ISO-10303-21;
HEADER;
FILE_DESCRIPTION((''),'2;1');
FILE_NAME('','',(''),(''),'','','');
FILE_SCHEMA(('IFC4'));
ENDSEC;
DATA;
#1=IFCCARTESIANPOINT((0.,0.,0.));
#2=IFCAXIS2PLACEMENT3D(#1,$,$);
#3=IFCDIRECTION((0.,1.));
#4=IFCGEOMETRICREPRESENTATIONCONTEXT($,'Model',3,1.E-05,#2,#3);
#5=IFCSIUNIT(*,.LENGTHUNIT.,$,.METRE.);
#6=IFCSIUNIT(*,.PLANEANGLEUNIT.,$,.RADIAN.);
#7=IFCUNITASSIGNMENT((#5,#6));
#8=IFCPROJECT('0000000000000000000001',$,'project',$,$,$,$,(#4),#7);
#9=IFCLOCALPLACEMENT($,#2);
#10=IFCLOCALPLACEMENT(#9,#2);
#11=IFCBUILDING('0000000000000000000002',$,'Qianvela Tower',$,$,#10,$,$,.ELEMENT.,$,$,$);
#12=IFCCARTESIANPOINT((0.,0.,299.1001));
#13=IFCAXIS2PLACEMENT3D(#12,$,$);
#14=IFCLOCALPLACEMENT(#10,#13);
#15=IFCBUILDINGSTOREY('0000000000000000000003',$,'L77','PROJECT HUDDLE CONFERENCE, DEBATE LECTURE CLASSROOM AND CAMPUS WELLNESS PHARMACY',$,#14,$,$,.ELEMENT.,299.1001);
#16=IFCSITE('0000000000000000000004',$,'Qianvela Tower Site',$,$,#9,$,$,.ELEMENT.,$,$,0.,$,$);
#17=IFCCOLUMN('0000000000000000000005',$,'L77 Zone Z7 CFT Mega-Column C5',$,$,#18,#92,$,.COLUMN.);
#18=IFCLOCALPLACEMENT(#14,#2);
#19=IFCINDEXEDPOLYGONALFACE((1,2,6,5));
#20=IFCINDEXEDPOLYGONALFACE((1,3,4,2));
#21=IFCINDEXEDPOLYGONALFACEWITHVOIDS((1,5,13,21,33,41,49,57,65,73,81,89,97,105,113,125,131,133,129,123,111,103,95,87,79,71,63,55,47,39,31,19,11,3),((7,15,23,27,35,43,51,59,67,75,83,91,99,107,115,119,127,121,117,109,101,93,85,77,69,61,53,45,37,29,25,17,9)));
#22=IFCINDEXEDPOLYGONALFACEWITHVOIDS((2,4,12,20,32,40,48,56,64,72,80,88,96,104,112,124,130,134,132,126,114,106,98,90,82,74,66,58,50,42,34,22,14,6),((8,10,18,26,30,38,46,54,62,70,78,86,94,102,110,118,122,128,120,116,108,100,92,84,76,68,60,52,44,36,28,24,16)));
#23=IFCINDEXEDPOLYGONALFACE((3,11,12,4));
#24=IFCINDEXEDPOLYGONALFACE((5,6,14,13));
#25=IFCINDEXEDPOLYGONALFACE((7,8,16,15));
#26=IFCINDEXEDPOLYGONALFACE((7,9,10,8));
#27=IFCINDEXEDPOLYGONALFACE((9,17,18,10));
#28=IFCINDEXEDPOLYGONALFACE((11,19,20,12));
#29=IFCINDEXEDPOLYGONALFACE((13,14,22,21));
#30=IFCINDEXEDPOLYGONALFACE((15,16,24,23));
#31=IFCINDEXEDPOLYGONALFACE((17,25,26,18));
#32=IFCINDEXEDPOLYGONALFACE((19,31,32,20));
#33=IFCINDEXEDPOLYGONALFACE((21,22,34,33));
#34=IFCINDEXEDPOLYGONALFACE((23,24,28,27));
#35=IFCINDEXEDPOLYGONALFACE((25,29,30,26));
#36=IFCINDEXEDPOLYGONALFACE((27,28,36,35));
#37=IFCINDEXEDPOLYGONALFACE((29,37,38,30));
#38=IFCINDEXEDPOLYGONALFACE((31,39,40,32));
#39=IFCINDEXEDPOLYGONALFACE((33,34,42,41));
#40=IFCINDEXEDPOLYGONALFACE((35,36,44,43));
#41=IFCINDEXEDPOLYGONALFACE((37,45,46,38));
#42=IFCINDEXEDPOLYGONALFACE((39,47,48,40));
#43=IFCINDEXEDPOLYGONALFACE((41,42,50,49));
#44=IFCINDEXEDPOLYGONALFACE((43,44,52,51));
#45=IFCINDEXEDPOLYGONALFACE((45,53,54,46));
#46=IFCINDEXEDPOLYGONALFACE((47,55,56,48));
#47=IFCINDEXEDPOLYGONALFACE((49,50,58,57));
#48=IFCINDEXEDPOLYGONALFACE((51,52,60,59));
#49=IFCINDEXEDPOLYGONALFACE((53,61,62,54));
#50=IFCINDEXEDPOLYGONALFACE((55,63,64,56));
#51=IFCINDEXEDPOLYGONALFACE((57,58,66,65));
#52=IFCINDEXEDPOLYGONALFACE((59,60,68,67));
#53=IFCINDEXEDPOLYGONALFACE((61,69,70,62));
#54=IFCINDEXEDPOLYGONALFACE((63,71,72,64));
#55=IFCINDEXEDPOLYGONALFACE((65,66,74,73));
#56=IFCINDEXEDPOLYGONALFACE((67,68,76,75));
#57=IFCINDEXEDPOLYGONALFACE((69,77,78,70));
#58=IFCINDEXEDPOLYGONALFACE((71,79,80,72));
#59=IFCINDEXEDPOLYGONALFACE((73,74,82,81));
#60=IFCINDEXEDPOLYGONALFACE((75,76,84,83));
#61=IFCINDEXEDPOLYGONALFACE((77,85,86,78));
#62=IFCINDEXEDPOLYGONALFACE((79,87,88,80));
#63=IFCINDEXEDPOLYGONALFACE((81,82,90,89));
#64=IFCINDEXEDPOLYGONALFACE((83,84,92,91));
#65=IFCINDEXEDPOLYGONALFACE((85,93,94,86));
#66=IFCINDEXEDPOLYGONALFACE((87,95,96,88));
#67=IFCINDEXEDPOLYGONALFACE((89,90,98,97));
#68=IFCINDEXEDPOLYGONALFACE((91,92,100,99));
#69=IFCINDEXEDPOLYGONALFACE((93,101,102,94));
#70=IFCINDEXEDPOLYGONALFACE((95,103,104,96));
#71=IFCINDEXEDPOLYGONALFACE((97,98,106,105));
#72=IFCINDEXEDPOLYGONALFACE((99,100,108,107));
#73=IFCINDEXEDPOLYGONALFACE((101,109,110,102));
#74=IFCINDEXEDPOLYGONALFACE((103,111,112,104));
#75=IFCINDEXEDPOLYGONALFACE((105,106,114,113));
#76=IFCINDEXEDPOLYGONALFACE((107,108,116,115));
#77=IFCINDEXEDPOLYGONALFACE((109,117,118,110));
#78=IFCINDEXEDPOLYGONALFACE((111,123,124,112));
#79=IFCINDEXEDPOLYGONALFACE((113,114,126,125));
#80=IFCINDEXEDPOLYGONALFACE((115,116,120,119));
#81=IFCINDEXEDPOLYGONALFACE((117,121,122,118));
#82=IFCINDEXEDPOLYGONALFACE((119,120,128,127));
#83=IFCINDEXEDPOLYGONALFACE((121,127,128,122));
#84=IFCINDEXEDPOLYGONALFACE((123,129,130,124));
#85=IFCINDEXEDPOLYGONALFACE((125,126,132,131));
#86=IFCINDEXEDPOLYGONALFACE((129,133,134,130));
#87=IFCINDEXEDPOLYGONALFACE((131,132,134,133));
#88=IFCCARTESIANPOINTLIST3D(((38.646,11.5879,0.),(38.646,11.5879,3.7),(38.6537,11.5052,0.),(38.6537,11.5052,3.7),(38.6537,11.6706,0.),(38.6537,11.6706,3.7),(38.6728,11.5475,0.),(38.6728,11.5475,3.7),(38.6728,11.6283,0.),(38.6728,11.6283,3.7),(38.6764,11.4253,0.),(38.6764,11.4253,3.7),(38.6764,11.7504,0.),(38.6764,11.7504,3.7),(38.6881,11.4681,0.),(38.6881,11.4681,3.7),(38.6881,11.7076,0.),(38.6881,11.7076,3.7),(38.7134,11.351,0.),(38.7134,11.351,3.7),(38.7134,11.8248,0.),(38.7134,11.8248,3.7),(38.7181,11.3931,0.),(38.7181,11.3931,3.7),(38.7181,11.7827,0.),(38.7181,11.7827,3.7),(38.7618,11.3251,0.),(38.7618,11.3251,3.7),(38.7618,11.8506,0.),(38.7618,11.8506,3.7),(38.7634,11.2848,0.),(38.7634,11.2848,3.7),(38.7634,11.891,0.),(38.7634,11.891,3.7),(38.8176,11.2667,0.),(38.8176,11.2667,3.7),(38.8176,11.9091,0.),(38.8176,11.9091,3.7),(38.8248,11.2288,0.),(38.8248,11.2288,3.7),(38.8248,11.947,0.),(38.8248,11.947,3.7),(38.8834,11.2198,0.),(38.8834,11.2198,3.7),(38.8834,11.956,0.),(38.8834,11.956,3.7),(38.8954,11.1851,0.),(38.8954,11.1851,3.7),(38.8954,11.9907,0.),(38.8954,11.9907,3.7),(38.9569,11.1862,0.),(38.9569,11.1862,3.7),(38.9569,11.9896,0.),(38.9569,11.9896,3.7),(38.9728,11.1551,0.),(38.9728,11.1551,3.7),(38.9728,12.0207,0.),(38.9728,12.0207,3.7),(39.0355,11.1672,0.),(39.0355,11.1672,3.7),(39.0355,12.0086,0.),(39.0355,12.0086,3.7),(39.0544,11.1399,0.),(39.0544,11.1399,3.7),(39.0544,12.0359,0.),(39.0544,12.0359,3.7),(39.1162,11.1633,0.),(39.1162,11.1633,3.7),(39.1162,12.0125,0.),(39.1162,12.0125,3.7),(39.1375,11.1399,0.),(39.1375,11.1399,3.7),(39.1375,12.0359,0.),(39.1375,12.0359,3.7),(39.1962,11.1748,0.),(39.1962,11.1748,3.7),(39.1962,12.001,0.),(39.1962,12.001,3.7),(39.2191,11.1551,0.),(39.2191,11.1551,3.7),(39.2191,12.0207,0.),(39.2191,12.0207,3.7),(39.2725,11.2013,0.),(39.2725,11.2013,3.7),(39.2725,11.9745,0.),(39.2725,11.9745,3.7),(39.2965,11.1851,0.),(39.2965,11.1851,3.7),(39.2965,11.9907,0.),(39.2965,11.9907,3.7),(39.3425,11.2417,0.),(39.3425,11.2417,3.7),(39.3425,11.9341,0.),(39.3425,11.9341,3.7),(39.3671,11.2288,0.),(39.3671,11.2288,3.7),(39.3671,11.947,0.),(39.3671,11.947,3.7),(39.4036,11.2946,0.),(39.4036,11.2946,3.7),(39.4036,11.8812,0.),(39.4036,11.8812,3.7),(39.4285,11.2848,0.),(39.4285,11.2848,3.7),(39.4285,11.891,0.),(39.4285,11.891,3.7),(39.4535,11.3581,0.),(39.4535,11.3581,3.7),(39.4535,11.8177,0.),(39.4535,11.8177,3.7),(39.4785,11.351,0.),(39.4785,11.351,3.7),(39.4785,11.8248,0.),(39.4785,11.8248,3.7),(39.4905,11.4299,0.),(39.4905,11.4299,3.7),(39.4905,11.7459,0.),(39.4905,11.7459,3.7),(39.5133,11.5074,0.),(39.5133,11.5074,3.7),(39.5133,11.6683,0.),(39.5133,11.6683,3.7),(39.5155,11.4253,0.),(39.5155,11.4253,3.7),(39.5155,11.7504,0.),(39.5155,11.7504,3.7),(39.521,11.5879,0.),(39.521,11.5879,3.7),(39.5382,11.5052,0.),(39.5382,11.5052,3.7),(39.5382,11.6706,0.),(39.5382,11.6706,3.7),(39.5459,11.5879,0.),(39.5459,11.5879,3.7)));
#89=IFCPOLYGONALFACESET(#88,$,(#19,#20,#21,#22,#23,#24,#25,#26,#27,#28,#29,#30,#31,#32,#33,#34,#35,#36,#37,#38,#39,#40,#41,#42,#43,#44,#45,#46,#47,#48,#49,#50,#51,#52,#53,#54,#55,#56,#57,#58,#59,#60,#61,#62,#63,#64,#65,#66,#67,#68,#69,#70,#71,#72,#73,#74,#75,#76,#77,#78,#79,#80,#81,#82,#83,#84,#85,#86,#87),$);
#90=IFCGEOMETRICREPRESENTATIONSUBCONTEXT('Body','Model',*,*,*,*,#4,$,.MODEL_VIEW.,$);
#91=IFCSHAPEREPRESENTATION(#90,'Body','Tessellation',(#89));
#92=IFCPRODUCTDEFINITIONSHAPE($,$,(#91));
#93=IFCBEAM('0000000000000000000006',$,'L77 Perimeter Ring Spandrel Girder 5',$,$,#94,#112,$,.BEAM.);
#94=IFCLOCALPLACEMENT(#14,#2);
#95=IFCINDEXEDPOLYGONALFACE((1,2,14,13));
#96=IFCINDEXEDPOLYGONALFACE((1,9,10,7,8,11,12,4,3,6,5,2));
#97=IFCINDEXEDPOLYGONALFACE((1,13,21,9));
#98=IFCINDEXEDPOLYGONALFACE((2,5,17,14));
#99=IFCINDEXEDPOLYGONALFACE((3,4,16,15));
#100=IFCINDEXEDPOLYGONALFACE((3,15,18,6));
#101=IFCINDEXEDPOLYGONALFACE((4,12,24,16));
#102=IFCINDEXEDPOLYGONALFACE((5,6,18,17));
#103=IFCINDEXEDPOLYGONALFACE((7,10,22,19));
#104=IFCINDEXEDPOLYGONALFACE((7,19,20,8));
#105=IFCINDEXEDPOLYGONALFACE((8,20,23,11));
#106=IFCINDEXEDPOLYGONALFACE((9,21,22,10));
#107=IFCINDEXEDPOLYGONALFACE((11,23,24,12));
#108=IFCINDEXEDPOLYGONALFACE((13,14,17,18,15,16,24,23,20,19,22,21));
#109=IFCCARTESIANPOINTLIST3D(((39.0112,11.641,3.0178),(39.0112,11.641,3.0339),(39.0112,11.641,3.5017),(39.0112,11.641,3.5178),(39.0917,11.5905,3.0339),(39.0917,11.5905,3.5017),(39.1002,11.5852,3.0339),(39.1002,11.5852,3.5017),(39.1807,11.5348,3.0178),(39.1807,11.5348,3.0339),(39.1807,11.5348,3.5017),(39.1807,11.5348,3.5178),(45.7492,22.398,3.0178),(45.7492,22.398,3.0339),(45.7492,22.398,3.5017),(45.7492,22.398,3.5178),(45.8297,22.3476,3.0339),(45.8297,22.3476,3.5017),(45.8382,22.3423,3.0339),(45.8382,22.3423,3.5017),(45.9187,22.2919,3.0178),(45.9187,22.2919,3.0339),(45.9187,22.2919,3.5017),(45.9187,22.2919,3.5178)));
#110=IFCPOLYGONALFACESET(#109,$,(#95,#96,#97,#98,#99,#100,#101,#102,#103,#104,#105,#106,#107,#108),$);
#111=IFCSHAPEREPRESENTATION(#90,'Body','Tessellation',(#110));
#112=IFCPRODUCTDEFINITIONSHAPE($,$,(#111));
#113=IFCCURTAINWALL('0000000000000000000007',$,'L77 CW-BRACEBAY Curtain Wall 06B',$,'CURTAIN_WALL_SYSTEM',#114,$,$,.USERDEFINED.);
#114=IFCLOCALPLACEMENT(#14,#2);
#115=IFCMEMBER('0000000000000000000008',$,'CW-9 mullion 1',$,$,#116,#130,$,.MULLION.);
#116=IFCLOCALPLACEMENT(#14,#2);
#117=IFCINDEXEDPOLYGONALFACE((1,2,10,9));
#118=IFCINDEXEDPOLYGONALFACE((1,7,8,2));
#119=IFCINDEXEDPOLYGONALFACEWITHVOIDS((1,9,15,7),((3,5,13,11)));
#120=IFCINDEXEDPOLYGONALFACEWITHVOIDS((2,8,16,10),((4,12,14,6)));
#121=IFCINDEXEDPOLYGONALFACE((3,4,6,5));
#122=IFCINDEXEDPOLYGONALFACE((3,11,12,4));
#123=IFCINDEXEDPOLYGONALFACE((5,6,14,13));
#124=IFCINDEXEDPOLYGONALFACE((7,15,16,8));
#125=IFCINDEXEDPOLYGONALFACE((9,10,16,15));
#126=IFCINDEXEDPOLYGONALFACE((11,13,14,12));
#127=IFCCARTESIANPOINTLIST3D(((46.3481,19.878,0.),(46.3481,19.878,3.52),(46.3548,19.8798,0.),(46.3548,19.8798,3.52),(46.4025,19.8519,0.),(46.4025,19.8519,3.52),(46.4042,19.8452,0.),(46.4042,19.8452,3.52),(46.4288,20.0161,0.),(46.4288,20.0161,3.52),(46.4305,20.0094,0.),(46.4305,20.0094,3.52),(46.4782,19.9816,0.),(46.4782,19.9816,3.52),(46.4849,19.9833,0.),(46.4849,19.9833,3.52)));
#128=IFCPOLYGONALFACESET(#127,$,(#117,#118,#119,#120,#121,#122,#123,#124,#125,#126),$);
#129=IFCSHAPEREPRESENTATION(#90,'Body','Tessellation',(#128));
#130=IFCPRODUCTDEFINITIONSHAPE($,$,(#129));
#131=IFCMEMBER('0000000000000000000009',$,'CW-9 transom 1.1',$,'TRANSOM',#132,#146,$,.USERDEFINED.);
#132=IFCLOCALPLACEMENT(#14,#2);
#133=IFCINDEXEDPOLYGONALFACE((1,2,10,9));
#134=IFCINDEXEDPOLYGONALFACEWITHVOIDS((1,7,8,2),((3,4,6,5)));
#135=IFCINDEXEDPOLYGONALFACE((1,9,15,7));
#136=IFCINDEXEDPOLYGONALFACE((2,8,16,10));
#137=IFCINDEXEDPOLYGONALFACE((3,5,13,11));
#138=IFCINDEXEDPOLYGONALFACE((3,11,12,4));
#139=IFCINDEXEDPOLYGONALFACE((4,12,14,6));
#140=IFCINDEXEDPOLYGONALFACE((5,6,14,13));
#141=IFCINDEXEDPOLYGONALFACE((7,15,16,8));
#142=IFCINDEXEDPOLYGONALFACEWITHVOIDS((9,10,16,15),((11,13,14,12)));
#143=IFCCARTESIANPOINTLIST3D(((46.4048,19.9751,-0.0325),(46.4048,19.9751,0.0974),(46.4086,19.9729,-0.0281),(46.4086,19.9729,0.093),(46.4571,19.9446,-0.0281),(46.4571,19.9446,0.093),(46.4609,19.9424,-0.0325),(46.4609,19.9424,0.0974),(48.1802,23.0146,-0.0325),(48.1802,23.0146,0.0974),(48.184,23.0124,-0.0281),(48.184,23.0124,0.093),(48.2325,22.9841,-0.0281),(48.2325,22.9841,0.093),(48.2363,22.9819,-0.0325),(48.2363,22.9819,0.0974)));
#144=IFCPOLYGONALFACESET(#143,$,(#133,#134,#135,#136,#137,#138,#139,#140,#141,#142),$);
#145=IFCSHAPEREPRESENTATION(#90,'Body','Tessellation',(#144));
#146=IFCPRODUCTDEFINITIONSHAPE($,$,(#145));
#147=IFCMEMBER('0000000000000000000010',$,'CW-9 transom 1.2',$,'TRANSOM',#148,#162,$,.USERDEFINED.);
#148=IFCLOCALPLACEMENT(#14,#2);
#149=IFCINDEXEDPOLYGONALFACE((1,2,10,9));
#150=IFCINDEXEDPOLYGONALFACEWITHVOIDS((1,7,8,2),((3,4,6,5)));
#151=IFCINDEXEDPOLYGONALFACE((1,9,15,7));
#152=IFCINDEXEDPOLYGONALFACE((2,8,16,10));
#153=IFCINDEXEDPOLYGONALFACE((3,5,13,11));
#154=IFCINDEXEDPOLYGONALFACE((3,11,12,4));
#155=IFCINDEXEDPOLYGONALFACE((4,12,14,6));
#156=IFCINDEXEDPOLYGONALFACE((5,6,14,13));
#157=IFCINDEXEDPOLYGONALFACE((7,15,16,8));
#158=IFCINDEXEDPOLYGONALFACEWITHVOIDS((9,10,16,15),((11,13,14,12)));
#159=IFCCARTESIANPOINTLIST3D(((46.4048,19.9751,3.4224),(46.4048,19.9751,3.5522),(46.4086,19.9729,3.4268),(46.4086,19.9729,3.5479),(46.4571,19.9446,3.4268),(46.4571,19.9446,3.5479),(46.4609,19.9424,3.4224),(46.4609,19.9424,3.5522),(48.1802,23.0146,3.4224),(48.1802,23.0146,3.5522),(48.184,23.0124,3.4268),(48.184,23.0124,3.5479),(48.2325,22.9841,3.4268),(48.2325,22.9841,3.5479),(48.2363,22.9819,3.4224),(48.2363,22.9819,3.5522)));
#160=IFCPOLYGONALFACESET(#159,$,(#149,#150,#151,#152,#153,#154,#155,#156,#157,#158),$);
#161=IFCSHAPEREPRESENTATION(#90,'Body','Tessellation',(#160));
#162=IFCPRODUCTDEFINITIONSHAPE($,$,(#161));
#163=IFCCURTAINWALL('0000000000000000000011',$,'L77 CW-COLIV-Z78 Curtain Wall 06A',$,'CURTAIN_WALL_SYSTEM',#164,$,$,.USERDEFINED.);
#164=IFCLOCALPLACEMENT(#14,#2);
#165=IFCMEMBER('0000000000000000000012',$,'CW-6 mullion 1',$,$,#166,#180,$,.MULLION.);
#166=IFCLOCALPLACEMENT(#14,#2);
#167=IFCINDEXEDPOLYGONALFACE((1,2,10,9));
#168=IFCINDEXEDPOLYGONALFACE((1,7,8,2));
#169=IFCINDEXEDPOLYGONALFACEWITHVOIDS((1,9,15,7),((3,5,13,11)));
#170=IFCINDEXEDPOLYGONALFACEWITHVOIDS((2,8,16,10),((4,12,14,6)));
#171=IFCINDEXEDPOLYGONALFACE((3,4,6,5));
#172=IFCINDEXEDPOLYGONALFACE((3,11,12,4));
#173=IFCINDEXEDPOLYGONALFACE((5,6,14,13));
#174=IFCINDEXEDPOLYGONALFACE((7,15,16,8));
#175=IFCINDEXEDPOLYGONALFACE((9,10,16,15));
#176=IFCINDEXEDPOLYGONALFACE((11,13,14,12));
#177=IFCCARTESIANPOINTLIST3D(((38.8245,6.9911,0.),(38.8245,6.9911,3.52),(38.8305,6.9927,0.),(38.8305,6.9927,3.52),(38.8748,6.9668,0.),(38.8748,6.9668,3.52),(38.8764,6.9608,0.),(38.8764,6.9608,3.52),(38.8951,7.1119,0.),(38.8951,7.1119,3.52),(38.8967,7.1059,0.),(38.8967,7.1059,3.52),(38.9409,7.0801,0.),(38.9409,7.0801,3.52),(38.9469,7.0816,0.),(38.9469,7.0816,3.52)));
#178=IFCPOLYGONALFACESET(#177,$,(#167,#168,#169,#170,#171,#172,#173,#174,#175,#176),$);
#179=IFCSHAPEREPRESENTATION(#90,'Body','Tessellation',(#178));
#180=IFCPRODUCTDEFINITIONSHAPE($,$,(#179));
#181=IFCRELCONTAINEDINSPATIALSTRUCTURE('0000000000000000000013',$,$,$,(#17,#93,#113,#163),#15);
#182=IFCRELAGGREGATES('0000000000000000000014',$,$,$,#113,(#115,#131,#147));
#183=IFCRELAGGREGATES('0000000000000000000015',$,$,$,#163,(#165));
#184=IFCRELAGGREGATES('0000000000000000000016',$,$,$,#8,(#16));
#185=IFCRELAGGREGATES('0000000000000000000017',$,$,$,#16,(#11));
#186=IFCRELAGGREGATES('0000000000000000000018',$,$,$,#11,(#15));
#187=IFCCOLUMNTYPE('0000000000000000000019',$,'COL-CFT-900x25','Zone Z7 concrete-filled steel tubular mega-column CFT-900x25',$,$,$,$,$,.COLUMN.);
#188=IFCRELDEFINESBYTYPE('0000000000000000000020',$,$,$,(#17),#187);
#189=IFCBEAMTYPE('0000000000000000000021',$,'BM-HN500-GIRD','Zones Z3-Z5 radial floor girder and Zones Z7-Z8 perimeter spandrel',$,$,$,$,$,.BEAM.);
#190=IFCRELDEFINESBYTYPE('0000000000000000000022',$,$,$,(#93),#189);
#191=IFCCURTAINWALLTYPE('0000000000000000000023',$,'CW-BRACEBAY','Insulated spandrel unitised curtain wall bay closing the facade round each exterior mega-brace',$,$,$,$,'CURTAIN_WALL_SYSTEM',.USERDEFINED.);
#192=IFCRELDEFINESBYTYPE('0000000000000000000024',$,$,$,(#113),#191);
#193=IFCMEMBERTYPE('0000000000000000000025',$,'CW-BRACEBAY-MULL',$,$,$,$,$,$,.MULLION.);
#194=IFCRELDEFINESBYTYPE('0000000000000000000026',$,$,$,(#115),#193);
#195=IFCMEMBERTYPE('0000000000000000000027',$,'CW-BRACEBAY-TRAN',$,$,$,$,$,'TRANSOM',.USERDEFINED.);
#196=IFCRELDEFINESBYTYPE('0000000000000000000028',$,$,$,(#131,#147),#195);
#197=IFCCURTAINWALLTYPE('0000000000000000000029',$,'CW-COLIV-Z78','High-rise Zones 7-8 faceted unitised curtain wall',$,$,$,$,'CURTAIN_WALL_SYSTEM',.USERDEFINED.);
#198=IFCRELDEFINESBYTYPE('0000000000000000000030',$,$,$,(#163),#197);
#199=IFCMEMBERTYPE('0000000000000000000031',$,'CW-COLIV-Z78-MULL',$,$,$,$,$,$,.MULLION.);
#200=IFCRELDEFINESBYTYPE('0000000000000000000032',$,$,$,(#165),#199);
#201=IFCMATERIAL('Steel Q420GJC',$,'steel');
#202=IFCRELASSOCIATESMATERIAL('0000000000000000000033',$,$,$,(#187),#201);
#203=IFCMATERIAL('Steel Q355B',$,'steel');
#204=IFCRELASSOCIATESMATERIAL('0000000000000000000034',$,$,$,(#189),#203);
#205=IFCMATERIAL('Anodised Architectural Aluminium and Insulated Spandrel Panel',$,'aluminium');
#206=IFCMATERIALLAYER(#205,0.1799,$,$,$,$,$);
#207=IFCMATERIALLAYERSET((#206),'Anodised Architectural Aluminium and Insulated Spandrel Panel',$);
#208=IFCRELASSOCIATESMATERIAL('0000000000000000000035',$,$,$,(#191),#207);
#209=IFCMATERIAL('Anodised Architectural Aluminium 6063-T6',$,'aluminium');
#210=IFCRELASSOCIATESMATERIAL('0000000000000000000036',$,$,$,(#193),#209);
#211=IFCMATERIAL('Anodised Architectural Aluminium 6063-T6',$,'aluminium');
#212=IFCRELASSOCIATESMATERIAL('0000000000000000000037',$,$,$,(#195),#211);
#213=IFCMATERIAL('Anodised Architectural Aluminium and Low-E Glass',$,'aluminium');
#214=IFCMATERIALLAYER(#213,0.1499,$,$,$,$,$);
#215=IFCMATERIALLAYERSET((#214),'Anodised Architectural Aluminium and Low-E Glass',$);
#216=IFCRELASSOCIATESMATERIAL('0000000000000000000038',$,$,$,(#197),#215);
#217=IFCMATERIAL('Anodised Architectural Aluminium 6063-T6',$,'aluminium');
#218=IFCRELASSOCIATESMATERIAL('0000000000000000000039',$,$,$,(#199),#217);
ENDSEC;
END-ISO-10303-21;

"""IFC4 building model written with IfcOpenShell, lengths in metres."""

from ifc_helpers import new_model, si_unit, direction, frame, origin, origin_2d, place, context, subcontext, project, spatial, hollow_rectangle, hollow_circle, i_section, extrude, material, layer, layer_set, material_profile, profile_set, type_object, element, aggregate, save


model = new_model("IFC4")

# Units and contexts
model_context = context("Model", 3, precision=1e-05, world=origin(), true_north=direction((0.0, 1.0)))
body_context = subcontext(model_context, "Body", "Model", "MODEL_VIEW")
ifc_project = project(units=[si_unit("LENGTHUNIT", "METRE"), si_unit("PLANEANGLEUNIT", "RADIAN")], contexts=[model_context])

# Site, building, storey
site_placement = place(None, origin())
site = spatial("IfcSite", under=ifc_project, at=site_placement, Name="Qianvela Tower Site", CompositionType="ELEMENT", RefElevation=0.0)
building_placement = place(site_placement, origin())
building = spatial("IfcBuilding", under=site, at=building_placement, Name="Qianvela Tower", CompositionType="ELEMENT")
storey_placement = place(building_placement, frame((0.0, 0.0, 299.1001)))
storey = spatial("IfcBuildingStorey", under=building, at=storey_placement, Name="L77", Description="PROJECT HUDDLE CONFERENCE, DEBATE LECTURE CLASSROOM AND CAMPUS WELLNESS PHARMACY", CompositionType="ELEMENT", Elevation=299.1001)

# Column
ifc_material_1 = material(Name="Steel Q420GJC", Category="steel")
ifc_material_profile_1 = material_profile(ifc_material_1, hollow_circle(Radius=0.45, WallThickness=0.0249, at=origin_2d()), Name="CFT-900x25")
ifc_profile_set_1 = profile_set([ifc_material_profile_1], Name="Steel Q420GJC")
column_type = type_object("IfcColumnType", Name="COL-CFT-900x25", Description="Zone Z7 concrete-filled steel tubular mega-column CFT-900x25", PredefinedType="COLUMN", material=ifc_profile_set_1)
column_placement = place(storey_placement, frame((39.0959, 11.5879, 0.0), z_axis=(0.0, 0.0, 1.0), x_axis=(1.0, 0.0, 0.0)))
element("IfcColumn", 1, at=column_placement, inside=storey, type_object=column_type, Name="L77 Zone Z7 CFT Mega-Column C5", PredefinedType="COLUMN", context=body_context, shape_type="SweptSolid", body=[
    extrude(hollow_circle(Radius=0.45, WallThickness=0.0249, at=origin_2d()), origin(), (0.0, 0.0, 1.0), 3.7),
])

# Beam
ifc_material_2 = material(Name="Steel Q355B", Category="steel")
ifc_material_profile_2 = material_profile(ifc_material_2, i_section(OverallWidth=0.2, OverallDepth=0.5, WebThickness=0.01, FlangeThickness=0.0161, at=origin_2d()), Name="HN500x200x10x16")
ifc_profile_set_2 = profile_set([ifc_material_profile_2], Name="Steel Q355B")
beam_type = type_object("IfcBeamType", Name="BM-HN500-GIRD", Description="Zones Z3-Z5 radial floor girder and Zones Z7-Z8 perimeter spandrel", PredefinedType="BEAM", material=ifc_profile_set_2)
beam_placement = place(storey_placement, frame((39.0959, 11.5879, 3.2678), z_axis=(0.530841, 0.847472, 0.0), x_axis=(-0.847472, 0.530841, 0.0)))
element("IfcBeam", 2, at=beam_placement, inside=storey, type_object=beam_type, Name="L77 Perimeter Ring Spandrel Girder 5", PredefinedType="BEAM", context=body_context, shape_type="SweptSolid", body=[
    extrude(i_section(OverallWidth=0.2, OverallDepth=0.5, WebThickness=0.01, FlangeThickness=0.0161, at=origin_2d()), origin(), (0.0, 0.0, 1.0), 12.6931),
])

# Curtain walls, members
ifc_material_3 = material(Name="Anodised Architectural Aluminium and Insulated Spandrel Panel", Category="aluminium")
ifc_layer_1 = layer(ifc_material_3, 0.1799)
ifc_layer_set_1 = layer_set([ifc_layer_1], Name="Anodised Architectural Aluminium and Insulated Spandrel Panel")
curtain_wall_type_1 = type_object("IfcCurtainWallType", Name="CW-BRACEBAY", Description="Insulated spandrel unitised curtain wall bay closing the facade round each exterior mega-brace", ElementType="CURTAIN_WALL_SYSTEM", PredefinedType="USERDEFINED", material=ifc_layer_set_1)
curtain_wall_1_placement = place(storey_placement, origin())
curtain_wall_1 = element("IfcCurtainWall", 3, at=curtain_wall_1_placement, inside=storey, type_object=curtain_wall_type_1, Name="L77 CW-BRACEBAY Curtain Wall 06B", ObjectType="CURTAIN_WALL_SYSTEM", PredefinedType="USERDEFINED")
ifc_material_4 = material(Name="Anodised Architectural Aluminium 6063-T6", Category="aluminium")
ifc_material_profile_3 = material_profile(ifc_material_4, hollow_rectangle(XDim=0.0649, YDim=0.1599, WallThickness=0.0049, at=origin_2d()), Name="ALU-MULL-65x160")
ifc_profile_set_3 = profile_set([ifc_material_profile_3], Name="Anodised Architectural Aluminium 6063-T6")
member_type_1 = type_object("IfcMemberType", Name="CW-BRACEBAY-MULL", PredefinedType="MULLION", material=ifc_profile_set_3)
member_1_placement = place(storey_placement, frame((46.4165, 19.9307, 0.0), z_axis=(0.0, 0.0, 1.0), x_axis=(-0.86351, 0.504331, 0.0)))
member_1 = element("IfcMember", 4, at=member_1_placement, type_object=member_type_1, Name="CW-9 mullion 1", PredefinedType="MULLION", context=body_context, shape_type="SweptSolid", body=[
    extrude(hollow_rectangle(XDim=0.0649, YDim=0.1599, WallThickness=0.0049, at=origin_2d()), origin(), (0.0, 0.0, 1.0), 3.52),
])
ifc_material_5 = material(Name="Anodised Architectural Aluminium 6063-T6", Category="aluminium")
ifc_material_profile_4 = material_profile(ifc_material_5, hollow_rectangle(XDim=0.0649, YDim=0.1299, WallThickness=0.0044, at=origin_2d()), Name="ALU-TRAN-65x130")
ifc_profile_set_4 = profile_set([ifc_material_profile_4], Name="Anodised Architectural Aluminium 6063-T6")
member_type_2 = type_object("IfcMemberType", Name="CW-BRACEBAY-TRAN", ElementType="TRANSOM", PredefinedType="USERDEFINED", material=ifc_profile_set_4)
member_2_placement = place(storey_placement, frame((46.4329, 19.9587, 0.0325), z_axis=(0.504363, 0.863492, 0.0), x_axis=(-0.863492, 0.504363, 0.0)))
member_2 = element("IfcMember", 5, at=member_2_placement, type_object=member_type_2, Name="CW-9 transom 1.1", ObjectType="TRANSOM", PredefinedType="USERDEFINED", context=body_context, shape_type="SweptSolid", body=[
    extrude(hollow_rectangle(XDim=0.0649, YDim=0.1299, WallThickness=0.0044, at=origin_2d()), origin(), (0.0, 0.0, 1.0), 3.52),
])
member_3_placement = place(storey_placement, frame((46.4329, 19.9587, 3.4873), z_axis=(0.504363, 0.863492, 0.0), x_axis=(-0.863492, 0.504363, 0.0)))
member_3 = element("IfcMember", 6, at=member_3_placement, type_object=member_type_2, Name="CW-9 transom 1.2", ObjectType="TRANSOM", PredefinedType="USERDEFINED", context=body_context, shape_type="SweptSolid", body=[
    extrude(hollow_rectangle(XDim=0.0649, YDim=0.1299, WallThickness=0.0044, at=origin_2d()), origin(), (0.0, 0.0, 1.0), 3.52),
])
ifc_material_6 = material(Name="Anodised Architectural Aluminium and Low-E Glass", Category="aluminium")
ifc_layer_2 = layer(ifc_material_6, 0.1499)
ifc_layer_set_2 = layer_set([ifc_layer_2], Name="Anodised Architectural Aluminium and Low-E Glass")
curtain_wall_type_2 = type_object("IfcCurtainWallType", Name="CW-COLIV-Z78", Description="High-rise Zones 7-8 faceted unitised curtain wall", ElementType="CURTAIN_WALL_SYSTEM", PredefinedType="USERDEFINED", material=ifc_layer_set_2)
curtain_wall_2_placement = place(storey_placement, origin())
curtain_wall_2 = element("IfcCurtainWall", 7, at=curtain_wall_2_placement, inside=storey, type_object=curtain_wall_type_2, Name="L77 CW-COLIV-Z78 Curtain Wall 06A", ObjectType="CURTAIN_WALL_SYSTEM", PredefinedType="USERDEFINED")
ifc_material_7 = material(Name="Anodised Architectural Aluminium 6063-T6", Category="aluminium")
ifc_material_profile_5 = material_profile(ifc_material_7, hollow_rectangle(XDim=0.0601, YDim=0.1399, WallThickness=0.0044, at=origin_2d()), Name="ALU-MULL-60x140")
ifc_profile_set_5 = profile_set([ifc_material_profile_5], Name="Anodised Architectural Aluminium 6063-T6")
member_type_3 = type_object("IfcMemberType", Name="CW-COLIV-Z78-MULL", PredefinedType="MULLION", material=ifc_profile_set_5)
member_4_placement = place(storey_placement, frame((38.8857, 7.0364, 0.0), z_axis=(0.0, 0.0, 1.0), x_axis=(-0.863509, 0.504333, 0.0)))
member_4 = element("IfcMember", 8, at=member_4_placement, type_object=member_type_3, Name="CW-6 mullion 1", PredefinedType="MULLION", context=body_context, shape_type="SweptSolid", body=[
    extrude(hollow_rectangle(XDim=0.0601, YDim=0.1399, WallThickness=0.0044, at=origin_2d()), origin(), (0.0, 0.0, 1.0), 3.52),
])

aggregate(curtain_wall_1, [member_1, member_2, member_3])
aggregate(curtain_wall_2, [member_4])

save(model, "model.ifc")
